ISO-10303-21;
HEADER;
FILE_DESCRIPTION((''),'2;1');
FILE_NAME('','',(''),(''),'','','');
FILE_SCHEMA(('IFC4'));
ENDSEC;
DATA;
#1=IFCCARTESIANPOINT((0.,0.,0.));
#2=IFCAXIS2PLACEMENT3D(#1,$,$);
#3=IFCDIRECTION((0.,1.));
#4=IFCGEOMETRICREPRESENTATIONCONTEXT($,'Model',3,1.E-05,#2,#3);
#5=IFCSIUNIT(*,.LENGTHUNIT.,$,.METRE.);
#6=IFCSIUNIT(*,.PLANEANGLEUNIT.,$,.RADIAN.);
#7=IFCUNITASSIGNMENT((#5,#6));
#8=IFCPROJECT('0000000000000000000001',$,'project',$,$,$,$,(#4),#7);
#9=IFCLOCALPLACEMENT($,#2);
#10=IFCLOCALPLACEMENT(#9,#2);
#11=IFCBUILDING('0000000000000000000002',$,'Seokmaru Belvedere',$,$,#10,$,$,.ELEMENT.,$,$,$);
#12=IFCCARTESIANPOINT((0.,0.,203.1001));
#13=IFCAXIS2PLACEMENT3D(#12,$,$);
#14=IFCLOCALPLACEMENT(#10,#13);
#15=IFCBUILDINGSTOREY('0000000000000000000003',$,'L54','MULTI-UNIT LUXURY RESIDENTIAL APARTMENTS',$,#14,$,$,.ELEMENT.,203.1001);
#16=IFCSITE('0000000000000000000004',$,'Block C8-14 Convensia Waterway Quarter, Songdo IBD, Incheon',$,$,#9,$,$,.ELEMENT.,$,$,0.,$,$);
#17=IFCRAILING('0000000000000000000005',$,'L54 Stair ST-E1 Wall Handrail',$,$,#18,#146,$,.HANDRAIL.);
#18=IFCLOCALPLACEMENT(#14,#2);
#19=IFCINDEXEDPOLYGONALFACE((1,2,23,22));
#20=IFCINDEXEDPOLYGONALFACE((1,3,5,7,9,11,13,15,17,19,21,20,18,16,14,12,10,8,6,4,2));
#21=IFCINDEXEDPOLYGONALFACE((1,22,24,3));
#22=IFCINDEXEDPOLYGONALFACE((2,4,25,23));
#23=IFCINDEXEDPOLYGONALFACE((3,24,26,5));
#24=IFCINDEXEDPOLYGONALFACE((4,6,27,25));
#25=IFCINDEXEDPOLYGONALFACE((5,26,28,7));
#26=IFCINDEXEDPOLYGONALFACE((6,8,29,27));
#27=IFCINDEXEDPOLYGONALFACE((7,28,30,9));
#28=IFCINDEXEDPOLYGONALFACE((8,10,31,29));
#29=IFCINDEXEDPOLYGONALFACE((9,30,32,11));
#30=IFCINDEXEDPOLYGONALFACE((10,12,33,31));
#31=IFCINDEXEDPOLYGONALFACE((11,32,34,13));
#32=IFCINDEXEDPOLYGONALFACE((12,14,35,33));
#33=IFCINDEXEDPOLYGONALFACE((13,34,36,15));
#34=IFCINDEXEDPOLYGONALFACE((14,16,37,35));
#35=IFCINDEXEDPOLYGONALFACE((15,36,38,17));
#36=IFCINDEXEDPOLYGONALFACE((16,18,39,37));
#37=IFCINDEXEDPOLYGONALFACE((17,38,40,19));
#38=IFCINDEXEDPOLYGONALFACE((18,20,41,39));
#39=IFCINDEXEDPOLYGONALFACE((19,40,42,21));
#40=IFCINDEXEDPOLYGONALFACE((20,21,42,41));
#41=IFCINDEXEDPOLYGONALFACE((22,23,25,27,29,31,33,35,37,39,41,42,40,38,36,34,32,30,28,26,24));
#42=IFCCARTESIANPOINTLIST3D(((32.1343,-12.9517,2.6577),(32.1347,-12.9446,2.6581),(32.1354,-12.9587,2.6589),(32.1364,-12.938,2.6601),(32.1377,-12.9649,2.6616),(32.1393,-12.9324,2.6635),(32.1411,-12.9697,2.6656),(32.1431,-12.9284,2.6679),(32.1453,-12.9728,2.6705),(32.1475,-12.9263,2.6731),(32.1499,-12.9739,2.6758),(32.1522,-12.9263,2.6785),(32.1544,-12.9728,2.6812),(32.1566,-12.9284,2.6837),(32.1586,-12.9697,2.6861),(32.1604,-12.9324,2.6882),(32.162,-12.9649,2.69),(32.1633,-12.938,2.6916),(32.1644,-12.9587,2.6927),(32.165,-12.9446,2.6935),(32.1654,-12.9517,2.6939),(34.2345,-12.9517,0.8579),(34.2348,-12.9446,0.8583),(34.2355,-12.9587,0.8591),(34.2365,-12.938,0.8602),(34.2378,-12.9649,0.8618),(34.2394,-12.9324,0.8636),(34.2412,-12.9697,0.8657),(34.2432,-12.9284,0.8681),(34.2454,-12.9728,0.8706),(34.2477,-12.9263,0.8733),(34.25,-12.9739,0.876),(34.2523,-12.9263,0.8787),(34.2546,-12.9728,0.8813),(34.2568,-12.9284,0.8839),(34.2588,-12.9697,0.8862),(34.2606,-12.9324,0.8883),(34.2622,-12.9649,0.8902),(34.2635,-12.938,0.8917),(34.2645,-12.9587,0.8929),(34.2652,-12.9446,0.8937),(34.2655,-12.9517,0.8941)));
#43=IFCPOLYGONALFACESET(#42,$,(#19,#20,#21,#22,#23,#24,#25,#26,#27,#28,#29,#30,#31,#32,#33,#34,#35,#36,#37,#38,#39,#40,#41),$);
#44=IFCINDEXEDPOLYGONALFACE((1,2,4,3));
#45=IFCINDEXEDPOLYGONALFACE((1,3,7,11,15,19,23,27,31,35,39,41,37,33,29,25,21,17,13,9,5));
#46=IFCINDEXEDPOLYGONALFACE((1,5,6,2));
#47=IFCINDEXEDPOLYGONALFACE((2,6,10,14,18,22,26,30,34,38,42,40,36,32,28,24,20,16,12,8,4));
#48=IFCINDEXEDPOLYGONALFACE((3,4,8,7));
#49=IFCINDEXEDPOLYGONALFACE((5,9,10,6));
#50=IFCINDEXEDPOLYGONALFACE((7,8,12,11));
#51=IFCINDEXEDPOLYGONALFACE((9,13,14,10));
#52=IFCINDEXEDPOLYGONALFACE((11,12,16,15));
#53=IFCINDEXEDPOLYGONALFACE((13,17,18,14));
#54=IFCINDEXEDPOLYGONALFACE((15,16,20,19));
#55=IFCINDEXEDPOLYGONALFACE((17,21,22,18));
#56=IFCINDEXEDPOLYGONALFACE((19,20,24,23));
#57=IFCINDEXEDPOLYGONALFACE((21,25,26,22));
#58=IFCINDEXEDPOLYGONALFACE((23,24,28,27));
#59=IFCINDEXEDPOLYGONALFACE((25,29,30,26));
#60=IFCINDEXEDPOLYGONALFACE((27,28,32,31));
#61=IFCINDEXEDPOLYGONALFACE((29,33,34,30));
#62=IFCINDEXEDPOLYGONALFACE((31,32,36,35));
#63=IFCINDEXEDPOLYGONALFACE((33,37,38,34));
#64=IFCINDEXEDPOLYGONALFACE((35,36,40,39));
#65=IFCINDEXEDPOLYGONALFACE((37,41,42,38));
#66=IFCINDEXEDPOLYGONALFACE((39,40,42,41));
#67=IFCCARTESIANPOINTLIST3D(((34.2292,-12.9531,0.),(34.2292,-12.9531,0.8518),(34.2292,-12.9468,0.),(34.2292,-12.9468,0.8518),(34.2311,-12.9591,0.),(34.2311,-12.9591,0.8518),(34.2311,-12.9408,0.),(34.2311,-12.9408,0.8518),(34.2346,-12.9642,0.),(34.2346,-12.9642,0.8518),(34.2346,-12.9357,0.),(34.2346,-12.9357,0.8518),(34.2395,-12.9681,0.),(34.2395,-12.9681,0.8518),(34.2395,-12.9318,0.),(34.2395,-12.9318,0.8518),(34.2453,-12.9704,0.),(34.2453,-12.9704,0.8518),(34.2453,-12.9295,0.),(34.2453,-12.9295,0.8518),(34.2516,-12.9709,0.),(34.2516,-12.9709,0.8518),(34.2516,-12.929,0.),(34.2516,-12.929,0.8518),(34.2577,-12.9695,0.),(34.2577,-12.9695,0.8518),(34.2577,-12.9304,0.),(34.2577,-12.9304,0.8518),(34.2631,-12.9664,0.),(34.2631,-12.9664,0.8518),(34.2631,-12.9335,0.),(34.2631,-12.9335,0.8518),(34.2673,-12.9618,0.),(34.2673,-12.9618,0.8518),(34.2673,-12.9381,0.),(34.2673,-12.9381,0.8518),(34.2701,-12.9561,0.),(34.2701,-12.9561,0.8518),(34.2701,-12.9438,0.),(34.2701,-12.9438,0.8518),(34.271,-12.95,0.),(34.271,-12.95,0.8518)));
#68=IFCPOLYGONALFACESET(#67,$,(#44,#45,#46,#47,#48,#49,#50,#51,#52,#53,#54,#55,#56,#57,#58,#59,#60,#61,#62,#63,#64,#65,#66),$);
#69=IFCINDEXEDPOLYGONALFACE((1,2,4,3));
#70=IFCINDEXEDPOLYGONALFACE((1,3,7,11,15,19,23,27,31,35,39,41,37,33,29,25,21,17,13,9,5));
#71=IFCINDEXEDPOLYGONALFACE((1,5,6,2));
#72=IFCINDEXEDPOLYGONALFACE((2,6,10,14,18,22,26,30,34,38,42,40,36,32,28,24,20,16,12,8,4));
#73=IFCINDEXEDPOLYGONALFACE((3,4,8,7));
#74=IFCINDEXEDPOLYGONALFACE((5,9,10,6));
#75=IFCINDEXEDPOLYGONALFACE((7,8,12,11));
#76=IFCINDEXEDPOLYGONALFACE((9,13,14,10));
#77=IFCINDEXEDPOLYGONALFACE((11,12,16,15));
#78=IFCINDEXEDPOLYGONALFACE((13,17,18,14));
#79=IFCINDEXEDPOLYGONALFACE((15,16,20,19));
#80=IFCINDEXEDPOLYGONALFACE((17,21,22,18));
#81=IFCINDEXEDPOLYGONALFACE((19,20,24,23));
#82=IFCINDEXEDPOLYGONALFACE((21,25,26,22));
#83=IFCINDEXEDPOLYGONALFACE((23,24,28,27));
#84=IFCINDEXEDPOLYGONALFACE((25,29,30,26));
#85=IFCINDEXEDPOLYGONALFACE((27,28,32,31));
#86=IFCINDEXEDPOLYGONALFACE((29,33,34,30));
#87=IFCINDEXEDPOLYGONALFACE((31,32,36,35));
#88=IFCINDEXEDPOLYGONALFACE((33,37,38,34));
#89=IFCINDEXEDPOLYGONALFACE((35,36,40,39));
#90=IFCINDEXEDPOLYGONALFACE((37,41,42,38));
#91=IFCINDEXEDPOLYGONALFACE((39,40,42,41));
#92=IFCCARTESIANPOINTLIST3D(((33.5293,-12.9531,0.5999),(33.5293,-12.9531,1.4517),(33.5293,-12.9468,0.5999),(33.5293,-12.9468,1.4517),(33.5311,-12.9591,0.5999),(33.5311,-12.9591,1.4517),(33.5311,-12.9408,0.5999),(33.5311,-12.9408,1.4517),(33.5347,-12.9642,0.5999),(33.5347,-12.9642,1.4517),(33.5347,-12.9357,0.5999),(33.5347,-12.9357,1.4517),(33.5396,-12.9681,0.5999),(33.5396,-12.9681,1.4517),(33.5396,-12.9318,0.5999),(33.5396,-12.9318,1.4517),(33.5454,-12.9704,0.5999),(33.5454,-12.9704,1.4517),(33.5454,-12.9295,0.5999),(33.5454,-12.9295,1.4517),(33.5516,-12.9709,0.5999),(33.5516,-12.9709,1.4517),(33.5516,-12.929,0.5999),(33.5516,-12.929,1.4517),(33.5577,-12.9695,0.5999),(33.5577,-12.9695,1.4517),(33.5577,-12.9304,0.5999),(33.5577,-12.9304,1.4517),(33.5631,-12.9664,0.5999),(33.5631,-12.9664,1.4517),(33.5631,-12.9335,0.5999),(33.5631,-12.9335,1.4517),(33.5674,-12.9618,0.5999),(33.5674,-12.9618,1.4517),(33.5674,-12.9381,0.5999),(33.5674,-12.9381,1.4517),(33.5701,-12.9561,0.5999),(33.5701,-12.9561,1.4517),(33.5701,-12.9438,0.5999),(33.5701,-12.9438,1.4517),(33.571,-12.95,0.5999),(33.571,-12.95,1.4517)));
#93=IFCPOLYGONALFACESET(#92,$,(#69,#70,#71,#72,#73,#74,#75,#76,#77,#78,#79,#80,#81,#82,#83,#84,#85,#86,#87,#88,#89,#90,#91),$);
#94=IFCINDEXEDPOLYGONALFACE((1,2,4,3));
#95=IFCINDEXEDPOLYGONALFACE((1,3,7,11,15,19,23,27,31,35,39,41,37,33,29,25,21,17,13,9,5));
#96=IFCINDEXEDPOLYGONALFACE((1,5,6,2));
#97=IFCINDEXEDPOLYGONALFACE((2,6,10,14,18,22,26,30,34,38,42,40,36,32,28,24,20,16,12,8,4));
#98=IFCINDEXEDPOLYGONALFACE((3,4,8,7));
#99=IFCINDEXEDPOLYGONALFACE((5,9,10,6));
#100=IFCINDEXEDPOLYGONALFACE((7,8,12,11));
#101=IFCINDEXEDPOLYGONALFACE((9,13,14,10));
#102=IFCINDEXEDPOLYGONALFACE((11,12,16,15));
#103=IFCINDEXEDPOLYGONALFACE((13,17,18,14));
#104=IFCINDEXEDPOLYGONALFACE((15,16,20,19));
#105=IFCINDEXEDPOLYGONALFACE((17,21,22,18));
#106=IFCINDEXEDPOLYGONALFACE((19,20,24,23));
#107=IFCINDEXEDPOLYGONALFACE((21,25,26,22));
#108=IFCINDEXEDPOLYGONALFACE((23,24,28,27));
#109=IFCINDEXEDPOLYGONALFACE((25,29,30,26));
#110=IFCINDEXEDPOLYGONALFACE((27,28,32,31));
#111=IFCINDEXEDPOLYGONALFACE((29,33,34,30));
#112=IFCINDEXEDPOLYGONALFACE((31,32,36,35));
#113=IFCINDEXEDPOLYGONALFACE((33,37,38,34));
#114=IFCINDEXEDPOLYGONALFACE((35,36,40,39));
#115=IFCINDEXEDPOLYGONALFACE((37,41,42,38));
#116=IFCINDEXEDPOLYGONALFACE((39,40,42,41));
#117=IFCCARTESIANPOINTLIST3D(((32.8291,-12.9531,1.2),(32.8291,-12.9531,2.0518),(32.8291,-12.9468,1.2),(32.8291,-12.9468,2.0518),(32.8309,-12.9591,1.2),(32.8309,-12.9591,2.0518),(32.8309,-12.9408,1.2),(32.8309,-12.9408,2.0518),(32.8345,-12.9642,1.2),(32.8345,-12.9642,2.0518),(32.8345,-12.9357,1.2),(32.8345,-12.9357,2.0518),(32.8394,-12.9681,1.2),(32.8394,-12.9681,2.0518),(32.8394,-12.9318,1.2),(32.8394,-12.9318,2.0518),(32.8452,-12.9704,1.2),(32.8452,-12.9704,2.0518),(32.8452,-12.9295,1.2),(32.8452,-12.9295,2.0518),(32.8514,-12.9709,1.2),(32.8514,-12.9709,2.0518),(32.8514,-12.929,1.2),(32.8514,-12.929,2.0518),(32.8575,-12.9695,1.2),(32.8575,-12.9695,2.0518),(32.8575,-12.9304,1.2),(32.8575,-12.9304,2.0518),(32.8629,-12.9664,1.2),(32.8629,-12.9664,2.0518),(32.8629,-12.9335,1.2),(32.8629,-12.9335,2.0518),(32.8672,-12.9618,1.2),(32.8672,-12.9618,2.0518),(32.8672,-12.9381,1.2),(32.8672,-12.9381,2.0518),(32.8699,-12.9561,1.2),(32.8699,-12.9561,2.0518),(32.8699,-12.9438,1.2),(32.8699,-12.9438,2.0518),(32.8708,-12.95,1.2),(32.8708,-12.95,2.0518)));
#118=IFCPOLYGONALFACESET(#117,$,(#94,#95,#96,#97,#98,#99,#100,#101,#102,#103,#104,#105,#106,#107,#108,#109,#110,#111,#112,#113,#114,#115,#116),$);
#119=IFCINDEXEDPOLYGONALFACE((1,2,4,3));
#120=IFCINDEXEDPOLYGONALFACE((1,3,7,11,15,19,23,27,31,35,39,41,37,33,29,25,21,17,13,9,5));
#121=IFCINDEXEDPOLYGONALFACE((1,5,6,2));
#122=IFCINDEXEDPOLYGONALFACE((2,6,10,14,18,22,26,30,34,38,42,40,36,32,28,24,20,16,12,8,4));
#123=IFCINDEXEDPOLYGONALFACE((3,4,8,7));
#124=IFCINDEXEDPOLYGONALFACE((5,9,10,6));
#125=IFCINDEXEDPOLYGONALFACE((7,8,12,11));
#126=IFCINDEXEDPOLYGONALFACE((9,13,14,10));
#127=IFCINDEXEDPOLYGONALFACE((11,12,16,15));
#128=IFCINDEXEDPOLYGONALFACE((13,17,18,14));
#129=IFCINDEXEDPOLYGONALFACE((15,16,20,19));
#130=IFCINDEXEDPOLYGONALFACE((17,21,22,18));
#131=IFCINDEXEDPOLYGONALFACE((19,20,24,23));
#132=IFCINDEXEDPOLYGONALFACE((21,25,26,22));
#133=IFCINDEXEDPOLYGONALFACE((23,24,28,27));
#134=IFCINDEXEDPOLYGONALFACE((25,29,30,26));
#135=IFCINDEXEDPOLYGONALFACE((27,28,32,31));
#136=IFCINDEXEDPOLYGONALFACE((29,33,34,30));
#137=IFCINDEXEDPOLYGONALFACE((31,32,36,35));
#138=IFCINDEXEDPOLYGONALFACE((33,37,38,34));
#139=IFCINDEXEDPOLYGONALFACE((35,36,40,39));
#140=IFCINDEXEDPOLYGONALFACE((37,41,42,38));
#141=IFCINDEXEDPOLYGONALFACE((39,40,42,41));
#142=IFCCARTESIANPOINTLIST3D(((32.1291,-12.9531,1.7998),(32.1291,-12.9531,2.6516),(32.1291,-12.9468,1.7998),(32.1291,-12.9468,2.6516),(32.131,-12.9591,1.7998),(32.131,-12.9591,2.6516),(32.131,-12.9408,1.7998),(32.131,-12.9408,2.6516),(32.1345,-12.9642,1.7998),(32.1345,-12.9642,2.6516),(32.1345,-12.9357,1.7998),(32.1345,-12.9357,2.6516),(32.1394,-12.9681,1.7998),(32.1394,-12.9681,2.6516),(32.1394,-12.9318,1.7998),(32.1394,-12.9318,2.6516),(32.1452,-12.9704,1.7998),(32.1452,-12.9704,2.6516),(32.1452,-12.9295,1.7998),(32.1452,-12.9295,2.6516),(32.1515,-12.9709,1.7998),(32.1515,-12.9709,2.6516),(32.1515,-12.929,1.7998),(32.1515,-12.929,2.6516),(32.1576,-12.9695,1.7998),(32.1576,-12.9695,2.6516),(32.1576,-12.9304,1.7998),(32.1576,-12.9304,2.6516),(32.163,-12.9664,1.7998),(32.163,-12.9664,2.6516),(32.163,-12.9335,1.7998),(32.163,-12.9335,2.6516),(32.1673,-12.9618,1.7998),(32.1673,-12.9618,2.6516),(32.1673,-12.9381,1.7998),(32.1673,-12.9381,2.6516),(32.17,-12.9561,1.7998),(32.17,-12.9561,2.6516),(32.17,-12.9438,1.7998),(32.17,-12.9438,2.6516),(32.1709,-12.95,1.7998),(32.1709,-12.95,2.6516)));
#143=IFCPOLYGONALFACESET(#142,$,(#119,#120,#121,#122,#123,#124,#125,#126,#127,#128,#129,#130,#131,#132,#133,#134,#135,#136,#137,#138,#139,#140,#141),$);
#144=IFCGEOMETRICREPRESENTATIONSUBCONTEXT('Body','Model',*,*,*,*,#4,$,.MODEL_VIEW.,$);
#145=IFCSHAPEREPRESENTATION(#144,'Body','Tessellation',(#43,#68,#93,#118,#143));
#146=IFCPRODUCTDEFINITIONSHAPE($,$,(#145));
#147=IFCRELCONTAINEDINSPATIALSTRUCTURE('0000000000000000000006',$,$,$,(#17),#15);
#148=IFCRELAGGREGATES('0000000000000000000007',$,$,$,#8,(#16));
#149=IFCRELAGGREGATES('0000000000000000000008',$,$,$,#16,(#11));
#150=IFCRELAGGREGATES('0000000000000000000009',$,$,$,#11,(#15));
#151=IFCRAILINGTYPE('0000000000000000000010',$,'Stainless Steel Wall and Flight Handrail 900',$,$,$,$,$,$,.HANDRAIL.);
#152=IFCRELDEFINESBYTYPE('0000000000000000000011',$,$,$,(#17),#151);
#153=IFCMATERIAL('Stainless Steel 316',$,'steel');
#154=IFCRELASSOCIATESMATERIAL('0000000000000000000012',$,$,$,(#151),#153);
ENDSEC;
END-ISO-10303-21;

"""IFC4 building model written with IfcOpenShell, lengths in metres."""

from ifc_helpers import new_model, si_unit, direction, frame, origin, origin_2d, place, context, subcontext, project, spatial, circle, extrude, material, type_object, element, save


model = new_model("IFC4")

# Units and contexts
model_context = context("Model", 3, precision=1e-05, world=origin(), true_north=direction((0.0, 1.0)))
body_context = subcontext(model_context, "Body", "Model", "MODEL_VIEW")
ifc_project = project(units=[si_unit("LENGTHUNIT", "METRE"), si_unit("PLANEANGLEUNIT", "RADIAN")], contexts=[model_context])

# Site, building, storey
site_placement = place(None, origin())
site = spatial("IfcSite", under=ifc_project, at=site_placement, Name="Block C8-14 Convensia Waterway Quarter, Songdo IBD, Incheon", CompositionType="ELEMENT", RefElevation=0.0)
building_placement = place(site_placement, origin())
building = spatial("IfcBuilding", under=site, at=building_placement, Name="Seokmaru Belvedere", CompositionType="ELEMENT")
storey_placement = place(building_placement, frame((0.0, 0.0, 203.1001)))
storey = spatial("IfcBuildingStorey", under=building, at=storey_placement, Name="L54", Description="MULTI-UNIT LUXURY RESIDENTIAL APARTMENTS", CompositionType="ELEMENT", Elevation=203.1001)

# Shared definitions
ifc_material_1 = material(Name="Stainless Steel 316", Category="steel")

# Railing
railing_type_1 = type_object("IfcRailingType", Name="Stainless Steel Wall and Flight Handrail 900", PredefinedType="HANDRAIL", material=ifc_material_1)
railing_1_placement = place(storey_placement, frame((34.25, -12.95, 0.0)))
element("IfcRailing", 1, at=railing_1_placement, inside=storey, type_object=railing_type_1, Name="L54 Stair ST-E1 Wall Handrail", PredefinedType="HANDRAIL", context=body_context, shape_type="SweptSolid", body=[
    extrude(circle(Radius=0.0239, at=origin_2d()), frame((0.0, 0.0, 0.876), z_axis=(-0.759306, 0.0, 0.650733), x_axis=(0.0, -1.0, 0.0)), (0.0, 0.0, 1.0), 2.7659),
    extrude(circle(Radius=0.021, at=origin_2d()), origin(), (0.0, 0.0, 1.0), 0.8518),
    extrude(circle(Radius=0.021, at=origin_2d()), frame((-0.7, 0.0, 0.5999)), (0.0, 0.0, 1.0), 0.8518),
    extrude(circle(Radius=0.021, at=origin_2d()), frame((-1.4001, 0.0, 1.2)), (0.0, 0.0, 1.0), 0.8518),
    extrude(circle(Radius=0.021, at=origin_2d()), frame((-2.1001, 0.0, 1.7998)), (0.0, 0.0, 1.0), 0.8518),
])

save(model, "model.ifc")
